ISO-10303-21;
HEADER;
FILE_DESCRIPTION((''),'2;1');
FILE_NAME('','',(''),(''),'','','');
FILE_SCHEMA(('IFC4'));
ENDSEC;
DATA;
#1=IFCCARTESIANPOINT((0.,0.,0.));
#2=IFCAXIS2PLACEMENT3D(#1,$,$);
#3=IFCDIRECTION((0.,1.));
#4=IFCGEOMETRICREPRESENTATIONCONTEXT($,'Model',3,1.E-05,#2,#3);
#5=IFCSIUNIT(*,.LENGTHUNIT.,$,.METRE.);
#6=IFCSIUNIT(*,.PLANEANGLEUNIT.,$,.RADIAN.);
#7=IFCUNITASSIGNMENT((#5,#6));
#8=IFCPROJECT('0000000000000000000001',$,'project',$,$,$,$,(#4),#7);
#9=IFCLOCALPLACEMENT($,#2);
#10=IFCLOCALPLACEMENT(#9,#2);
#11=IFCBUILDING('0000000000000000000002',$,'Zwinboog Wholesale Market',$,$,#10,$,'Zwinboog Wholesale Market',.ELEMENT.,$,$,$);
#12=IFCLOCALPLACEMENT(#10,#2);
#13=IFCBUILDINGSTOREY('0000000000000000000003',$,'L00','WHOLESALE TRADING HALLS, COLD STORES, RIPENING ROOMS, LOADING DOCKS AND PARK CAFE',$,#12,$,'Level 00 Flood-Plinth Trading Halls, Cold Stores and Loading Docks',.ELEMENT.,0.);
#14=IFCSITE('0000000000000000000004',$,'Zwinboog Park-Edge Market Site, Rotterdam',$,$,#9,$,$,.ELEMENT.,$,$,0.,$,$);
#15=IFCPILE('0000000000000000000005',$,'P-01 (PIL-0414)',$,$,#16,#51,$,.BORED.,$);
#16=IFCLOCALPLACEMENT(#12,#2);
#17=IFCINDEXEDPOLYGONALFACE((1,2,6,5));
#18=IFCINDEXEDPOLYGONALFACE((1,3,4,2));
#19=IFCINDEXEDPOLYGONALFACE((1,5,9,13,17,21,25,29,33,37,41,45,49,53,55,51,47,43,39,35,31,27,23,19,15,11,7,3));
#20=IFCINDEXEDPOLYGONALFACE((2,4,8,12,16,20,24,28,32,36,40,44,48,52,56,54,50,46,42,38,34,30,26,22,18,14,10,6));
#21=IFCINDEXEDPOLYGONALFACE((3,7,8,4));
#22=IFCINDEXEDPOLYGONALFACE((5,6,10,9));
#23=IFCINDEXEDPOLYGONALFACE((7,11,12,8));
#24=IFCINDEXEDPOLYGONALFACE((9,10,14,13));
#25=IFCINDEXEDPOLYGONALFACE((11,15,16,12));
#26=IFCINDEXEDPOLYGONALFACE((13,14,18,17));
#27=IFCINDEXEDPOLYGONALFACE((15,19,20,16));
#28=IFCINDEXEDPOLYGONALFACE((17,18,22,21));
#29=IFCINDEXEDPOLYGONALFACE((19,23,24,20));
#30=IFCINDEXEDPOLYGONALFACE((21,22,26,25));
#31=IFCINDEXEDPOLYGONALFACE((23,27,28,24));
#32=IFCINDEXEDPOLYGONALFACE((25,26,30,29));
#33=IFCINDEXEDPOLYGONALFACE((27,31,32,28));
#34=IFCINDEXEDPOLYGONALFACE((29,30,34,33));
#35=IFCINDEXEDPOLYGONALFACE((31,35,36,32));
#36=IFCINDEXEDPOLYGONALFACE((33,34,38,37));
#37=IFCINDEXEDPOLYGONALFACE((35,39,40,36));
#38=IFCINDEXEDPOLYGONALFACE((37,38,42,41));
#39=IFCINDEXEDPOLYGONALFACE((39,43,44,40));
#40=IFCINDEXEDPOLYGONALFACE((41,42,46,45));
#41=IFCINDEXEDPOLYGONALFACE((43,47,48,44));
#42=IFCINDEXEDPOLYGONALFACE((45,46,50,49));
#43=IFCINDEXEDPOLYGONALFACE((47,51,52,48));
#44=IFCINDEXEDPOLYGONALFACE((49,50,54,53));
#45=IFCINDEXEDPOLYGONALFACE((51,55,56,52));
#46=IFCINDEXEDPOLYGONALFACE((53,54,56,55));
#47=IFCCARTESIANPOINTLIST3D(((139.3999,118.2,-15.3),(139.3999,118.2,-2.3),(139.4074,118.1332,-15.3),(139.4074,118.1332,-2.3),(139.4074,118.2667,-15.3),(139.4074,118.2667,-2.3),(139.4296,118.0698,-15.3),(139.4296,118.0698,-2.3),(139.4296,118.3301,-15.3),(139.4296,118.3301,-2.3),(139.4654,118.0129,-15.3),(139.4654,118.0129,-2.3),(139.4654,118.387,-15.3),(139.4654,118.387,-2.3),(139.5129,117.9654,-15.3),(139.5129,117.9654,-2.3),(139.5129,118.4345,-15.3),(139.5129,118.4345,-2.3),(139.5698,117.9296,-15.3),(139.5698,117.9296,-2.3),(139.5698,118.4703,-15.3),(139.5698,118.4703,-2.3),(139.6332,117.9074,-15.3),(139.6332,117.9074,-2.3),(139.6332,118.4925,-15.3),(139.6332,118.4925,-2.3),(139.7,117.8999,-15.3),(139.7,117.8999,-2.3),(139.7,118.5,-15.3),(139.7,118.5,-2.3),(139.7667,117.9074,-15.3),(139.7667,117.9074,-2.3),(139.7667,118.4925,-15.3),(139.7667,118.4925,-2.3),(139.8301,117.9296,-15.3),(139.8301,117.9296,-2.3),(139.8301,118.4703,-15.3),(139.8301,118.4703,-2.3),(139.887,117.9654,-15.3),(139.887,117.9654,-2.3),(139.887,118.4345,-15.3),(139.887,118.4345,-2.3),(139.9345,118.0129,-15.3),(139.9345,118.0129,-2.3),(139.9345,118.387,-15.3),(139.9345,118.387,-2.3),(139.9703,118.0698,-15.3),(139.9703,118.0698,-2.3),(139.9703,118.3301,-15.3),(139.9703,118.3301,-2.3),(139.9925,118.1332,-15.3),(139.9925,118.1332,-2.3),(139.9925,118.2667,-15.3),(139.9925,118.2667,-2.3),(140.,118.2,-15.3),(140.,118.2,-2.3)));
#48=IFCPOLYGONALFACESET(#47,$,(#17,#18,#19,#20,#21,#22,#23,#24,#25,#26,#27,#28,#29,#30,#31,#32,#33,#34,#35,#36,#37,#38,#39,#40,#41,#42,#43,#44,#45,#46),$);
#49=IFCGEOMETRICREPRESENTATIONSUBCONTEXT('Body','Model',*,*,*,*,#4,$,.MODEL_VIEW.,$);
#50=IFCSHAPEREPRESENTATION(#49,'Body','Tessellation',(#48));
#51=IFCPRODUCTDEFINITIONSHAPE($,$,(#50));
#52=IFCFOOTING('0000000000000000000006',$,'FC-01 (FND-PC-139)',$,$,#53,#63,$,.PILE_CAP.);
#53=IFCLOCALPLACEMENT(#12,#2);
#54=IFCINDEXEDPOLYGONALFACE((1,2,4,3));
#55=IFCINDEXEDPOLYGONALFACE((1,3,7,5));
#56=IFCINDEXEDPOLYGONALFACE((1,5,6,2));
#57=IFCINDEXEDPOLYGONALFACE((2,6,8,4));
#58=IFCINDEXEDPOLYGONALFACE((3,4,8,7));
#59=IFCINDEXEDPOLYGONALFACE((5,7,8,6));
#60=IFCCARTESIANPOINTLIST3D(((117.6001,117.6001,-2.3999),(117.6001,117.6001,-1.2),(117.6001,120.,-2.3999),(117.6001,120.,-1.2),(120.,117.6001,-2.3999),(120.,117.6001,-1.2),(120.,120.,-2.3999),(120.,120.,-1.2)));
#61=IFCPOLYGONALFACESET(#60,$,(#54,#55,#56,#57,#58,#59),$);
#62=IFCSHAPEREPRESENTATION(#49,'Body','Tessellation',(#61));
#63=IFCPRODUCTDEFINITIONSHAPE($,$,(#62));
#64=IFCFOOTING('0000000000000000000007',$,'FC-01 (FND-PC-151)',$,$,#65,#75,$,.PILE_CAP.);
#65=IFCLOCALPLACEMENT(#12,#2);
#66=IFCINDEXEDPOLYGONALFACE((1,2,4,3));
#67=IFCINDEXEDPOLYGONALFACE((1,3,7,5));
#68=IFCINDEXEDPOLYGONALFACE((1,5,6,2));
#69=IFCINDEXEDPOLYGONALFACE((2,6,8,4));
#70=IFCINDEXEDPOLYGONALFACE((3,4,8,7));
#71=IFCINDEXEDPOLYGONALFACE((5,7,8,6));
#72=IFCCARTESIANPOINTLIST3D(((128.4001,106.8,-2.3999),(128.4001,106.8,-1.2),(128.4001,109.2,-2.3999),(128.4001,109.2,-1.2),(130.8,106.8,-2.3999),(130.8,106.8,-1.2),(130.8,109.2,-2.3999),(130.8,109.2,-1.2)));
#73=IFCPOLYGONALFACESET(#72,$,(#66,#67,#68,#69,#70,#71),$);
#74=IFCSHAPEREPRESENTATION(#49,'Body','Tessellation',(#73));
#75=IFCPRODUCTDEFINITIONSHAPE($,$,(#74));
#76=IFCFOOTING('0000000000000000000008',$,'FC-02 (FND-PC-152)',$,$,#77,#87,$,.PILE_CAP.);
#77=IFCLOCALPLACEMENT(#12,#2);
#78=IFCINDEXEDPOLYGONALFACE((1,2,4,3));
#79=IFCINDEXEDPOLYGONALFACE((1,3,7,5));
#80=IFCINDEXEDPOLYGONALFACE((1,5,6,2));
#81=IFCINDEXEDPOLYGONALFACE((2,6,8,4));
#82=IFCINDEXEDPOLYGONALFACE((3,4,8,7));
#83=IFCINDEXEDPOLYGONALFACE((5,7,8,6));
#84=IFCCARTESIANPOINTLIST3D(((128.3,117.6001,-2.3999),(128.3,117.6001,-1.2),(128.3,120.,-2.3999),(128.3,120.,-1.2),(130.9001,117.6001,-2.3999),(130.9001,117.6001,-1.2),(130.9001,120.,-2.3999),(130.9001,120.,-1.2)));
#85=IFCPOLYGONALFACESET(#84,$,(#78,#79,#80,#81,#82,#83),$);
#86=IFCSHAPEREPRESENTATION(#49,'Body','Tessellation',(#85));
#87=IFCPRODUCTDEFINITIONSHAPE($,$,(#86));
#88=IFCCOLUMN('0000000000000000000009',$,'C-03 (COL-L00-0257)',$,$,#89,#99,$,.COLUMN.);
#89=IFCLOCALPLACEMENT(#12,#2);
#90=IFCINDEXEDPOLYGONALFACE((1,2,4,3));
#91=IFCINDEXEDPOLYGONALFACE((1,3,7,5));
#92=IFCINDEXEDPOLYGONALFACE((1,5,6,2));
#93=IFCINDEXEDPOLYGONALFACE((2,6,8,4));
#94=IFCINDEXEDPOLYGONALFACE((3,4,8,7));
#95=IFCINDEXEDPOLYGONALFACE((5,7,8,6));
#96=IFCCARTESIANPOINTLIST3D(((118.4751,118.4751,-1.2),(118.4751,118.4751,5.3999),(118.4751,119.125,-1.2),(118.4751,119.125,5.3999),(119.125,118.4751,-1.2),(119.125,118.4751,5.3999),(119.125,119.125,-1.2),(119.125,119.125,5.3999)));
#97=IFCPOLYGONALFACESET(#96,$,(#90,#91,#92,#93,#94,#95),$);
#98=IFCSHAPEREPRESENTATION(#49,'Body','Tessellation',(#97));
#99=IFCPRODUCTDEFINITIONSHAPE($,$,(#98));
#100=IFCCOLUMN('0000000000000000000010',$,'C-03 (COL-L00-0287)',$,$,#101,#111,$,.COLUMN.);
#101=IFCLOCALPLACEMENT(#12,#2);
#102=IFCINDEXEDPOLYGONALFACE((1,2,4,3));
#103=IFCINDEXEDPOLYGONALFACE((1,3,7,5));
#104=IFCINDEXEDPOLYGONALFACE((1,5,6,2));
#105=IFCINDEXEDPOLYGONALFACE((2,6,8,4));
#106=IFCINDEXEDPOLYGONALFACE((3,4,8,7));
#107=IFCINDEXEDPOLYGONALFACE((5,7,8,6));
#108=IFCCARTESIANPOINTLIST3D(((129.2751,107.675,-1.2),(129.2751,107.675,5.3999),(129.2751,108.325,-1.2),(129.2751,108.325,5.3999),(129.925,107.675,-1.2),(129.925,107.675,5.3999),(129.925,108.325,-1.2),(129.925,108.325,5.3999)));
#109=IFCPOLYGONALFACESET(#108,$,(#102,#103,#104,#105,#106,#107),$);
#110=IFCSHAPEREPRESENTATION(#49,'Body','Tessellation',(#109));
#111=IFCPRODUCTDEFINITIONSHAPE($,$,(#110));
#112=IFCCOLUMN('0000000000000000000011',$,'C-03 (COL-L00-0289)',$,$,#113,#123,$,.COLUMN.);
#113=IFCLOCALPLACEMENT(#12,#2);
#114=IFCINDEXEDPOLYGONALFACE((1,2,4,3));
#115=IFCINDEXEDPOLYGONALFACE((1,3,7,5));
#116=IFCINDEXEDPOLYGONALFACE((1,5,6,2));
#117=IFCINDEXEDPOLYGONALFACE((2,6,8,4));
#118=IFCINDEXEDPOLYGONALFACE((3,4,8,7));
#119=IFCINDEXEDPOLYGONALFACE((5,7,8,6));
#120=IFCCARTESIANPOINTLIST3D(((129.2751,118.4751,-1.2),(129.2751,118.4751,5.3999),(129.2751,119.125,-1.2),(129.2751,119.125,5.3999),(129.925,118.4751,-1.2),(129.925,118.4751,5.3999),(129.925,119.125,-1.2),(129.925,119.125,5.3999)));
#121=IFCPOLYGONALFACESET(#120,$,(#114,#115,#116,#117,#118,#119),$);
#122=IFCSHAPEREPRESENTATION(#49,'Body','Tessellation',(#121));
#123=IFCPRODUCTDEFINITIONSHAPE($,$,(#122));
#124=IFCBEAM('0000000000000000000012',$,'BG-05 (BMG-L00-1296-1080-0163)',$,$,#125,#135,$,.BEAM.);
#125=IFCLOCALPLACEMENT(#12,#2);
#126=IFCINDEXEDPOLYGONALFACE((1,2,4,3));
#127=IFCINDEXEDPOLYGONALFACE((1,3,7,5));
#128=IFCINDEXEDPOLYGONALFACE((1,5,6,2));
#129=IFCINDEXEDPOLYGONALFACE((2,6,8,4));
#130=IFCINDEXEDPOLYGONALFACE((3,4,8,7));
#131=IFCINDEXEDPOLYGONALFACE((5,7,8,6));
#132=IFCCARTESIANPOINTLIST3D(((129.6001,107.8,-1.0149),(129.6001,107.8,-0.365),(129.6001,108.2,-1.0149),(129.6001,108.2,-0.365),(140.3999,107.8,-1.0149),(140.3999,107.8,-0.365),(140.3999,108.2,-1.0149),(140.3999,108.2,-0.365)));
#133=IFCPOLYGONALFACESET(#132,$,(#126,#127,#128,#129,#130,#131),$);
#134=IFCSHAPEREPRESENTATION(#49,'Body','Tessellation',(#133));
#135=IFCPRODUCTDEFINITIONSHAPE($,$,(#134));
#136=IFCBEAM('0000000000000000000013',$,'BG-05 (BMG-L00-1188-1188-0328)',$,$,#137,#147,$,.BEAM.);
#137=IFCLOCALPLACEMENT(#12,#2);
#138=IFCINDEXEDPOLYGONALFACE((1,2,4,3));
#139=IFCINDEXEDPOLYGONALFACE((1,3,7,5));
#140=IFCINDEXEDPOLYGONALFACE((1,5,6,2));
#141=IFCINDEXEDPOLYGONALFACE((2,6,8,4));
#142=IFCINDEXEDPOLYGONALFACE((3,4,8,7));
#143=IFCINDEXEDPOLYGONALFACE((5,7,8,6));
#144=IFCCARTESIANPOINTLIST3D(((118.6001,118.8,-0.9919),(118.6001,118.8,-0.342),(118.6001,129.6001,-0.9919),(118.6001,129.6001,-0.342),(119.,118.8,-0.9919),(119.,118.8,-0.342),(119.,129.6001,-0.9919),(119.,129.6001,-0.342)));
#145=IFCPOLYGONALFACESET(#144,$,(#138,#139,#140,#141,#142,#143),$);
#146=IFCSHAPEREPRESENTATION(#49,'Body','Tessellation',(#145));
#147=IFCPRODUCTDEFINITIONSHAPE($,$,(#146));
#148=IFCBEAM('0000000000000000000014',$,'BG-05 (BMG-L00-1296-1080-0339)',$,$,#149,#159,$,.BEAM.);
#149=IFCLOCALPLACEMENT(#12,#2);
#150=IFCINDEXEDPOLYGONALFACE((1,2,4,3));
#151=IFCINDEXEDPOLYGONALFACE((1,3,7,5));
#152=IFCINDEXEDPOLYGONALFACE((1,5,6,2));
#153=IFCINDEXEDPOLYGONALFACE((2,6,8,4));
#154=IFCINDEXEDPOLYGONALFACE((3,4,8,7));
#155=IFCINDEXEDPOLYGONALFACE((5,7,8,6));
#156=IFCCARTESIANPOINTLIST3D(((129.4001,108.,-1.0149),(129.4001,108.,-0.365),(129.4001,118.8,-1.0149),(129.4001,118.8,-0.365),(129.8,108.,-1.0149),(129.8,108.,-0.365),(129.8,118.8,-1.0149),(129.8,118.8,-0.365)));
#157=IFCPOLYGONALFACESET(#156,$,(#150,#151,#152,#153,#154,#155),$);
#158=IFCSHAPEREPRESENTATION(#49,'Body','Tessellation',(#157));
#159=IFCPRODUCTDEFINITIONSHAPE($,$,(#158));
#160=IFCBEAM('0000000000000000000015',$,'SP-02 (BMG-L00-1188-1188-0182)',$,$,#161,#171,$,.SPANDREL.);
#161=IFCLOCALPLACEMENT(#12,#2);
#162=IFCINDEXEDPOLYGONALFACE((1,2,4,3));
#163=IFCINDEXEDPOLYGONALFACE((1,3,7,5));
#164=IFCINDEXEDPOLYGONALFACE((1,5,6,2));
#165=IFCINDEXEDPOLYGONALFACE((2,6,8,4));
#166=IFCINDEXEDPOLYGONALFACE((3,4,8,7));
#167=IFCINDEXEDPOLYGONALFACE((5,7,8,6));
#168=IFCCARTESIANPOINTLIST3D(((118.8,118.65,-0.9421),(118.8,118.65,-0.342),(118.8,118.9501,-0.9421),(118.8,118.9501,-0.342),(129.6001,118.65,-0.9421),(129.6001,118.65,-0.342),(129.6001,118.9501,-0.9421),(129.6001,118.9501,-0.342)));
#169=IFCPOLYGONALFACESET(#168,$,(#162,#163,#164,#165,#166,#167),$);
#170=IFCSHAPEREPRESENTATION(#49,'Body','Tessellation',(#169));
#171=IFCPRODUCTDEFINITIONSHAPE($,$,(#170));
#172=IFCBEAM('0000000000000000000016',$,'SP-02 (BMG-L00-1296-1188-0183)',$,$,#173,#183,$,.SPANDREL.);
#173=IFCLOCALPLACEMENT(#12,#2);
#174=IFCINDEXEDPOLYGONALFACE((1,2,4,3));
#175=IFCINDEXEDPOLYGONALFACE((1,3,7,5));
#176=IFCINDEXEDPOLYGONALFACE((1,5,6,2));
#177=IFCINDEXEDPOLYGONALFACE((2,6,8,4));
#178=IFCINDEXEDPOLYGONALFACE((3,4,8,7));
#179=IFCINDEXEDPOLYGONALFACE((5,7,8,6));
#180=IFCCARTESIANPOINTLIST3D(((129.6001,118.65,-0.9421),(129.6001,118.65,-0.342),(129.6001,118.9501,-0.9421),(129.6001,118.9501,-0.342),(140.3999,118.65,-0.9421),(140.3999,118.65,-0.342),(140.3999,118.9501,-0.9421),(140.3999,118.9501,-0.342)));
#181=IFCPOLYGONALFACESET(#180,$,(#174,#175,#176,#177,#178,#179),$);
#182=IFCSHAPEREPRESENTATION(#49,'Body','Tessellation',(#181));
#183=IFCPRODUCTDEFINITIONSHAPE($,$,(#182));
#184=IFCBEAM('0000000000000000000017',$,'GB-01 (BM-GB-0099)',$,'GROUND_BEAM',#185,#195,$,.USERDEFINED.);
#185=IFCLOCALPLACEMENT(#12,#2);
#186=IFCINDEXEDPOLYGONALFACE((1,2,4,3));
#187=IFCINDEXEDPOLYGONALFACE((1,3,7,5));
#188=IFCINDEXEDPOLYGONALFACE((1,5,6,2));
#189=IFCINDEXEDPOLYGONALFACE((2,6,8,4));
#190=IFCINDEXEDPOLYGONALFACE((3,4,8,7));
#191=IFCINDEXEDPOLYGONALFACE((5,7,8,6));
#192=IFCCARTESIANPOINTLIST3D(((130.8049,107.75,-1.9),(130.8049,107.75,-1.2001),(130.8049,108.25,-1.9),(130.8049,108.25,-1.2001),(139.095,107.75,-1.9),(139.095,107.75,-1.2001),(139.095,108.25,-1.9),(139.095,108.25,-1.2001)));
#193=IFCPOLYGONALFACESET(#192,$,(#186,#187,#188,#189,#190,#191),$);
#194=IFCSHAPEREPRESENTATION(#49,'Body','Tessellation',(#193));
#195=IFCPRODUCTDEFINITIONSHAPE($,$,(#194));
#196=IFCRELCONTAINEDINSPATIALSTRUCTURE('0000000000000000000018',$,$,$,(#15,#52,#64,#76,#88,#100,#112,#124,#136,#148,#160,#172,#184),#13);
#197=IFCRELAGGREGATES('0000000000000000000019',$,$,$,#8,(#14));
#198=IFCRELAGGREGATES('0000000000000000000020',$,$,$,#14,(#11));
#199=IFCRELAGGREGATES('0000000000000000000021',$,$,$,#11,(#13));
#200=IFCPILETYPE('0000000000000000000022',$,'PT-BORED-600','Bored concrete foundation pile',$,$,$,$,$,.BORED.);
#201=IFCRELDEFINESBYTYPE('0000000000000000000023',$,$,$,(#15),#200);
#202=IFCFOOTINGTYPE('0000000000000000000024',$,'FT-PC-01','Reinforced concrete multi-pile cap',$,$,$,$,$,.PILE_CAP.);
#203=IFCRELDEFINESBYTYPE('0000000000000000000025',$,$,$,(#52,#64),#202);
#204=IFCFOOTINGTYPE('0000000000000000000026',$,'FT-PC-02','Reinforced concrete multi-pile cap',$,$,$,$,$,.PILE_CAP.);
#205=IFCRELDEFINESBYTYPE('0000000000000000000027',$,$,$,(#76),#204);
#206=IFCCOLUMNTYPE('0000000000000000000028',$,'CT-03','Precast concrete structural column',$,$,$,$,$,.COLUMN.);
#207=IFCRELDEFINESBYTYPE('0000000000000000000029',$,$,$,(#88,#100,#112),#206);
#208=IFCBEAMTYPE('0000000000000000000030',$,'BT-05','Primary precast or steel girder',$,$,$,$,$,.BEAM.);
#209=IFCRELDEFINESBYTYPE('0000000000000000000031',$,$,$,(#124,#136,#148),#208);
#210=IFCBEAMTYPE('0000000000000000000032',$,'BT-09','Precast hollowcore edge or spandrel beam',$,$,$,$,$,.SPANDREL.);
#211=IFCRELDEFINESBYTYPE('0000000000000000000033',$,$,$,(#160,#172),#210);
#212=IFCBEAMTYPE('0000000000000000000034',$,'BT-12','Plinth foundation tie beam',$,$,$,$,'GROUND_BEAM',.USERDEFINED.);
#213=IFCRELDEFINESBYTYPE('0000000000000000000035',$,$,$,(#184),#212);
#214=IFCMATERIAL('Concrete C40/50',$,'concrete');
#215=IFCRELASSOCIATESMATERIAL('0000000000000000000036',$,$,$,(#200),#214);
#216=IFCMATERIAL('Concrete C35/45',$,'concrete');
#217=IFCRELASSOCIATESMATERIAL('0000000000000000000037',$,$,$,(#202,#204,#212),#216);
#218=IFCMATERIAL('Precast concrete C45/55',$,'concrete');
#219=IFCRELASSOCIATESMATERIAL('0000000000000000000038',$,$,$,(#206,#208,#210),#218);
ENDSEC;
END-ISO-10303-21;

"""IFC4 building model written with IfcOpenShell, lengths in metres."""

from ifc_helpers import new_model, si_unit, direction, frame, origin, origin_2d, place, context, subcontext, project, spatial, rectangle, circle, extrude, material, material_profile, profile_set, type_object, element, save


model = new_model("IFC4")

# Units and contexts
model_context = context("Model", 3, precision=1e-05, world=origin(), true_north=direction((0.0, 1.0)))
body_context = subcontext(model_context, "Body", "Model", "MODEL_VIEW")
ifc_project = project(units=[si_unit("LENGTHUNIT", "METRE"), si_unit("PLANEANGLEUNIT", "RADIAN")], contexts=[model_context])

# Site, building, storey
site_placement = place(None, origin())
site = spatial("IfcSite", under=ifc_project, at=site_placement, Name="Zwinboog Park-Edge Market Site, Rotterdam", CompositionType="ELEMENT", RefElevation=0.0)
building_placement = place(site_placement, origin())
building = spatial("IfcBuilding", under=site, at=building_placement, Name="Zwinboog Wholesale Market", LongName="Zwinboog Wholesale Market", CompositionType="ELEMENT")
storey_placement = place(building_placement, origin())
storey = spatial("IfcBuildingStorey", under=building, at=storey_placement, Name="L00", Description="WHOLESALE TRADING HALLS, COLD STORES, RIPENING ROOMS, LOADING DOCKS AND PARK CAFE", LongName="Level 00 Flood-Plinth Trading Halls, Cold Stores and Loading Docks", CompositionType="ELEMENT", Elevation=0.0)

# Pile
ifc_material_1 = material(Name="Concrete C40/50", Category="concrete")
ifc_material_profile_1 = material_profile(ifc_material_1, circle(Radius=0.3, at=origin_2d()), Name="PILE D600")
ifc_profile_set_1 = profile_set([ifc_material_profile_1], Name="Concrete C40/50")
pile_type = type_object("IfcPileType", Name="PT-BORED-600", Description="Bored concrete foundation pile", PredefinedType="BORED", material=ifc_profile_set_1)
pile_placement = place(storey_placement, frame((139.7, 118.2, -2.3), z_axis=(0.0, 0.0, -1.0), x_axis=(1.0, 0.0, 0.0)))
element("IfcPile", 1, at=pile_placement, inside=storey, type_object=pile_type, Name="P-01 (PIL-0414)", PredefinedType="BORED", context=body_context, shape_type="SweptSolid", body=[
    extrude(circle(Radius=0.3, at=origin_2d()), origin(), (0.0, 0.0, 1.0), 13.0),
])

# Footings
ifc_material_2 = material(Name="Concrete C35/45", Category="concrete")
footing_type_1 = type_object("IfcFootingType", Name="FT-PC-01", Description="Reinforced concrete multi-pile cap", PredefinedType="PILE_CAP", material=ifc_material_2)
for number, where, z_axis, x_axis, name in (
    (2, (118.8, 118.8, -2.3999), (0.0, 0.0, 1.0), (1.0, 0.0, 0.0), "FC-01 (FND-PC-139)"),
    (3, (129.6001, 108.0, -2.3999), (0.0, 0.0, 1.0), (1.0, 0.0, 0.0), "FC-01 (FND-PC-151)"),
):
    element("IfcFooting", number, at=place(storey_placement, frame(where, z_axis=z_axis, x_axis=x_axis)), inside=storey, type_object=footing_type_1, Name=name, PredefinedType="PILE_CAP", context=body_context, shape_type="SweptSolid", body=[
        extrude(rectangle(XDim=2.3999, YDim=2.3999, at=origin_2d()), origin(), (0.0, 0.0, 1.0), 1.2),
    ])
footing_type_2 = type_object("IfcFootingType", Name="FT-PC-02", Description="Reinforced concrete multi-pile cap", PredefinedType="PILE_CAP", material=ifc_material_2)
footing_placement = place(storey_placement, frame((129.6001, 118.8, -2.3999), z_axis=(0.0, 0.0, 1.0), x_axis=(1.0, 0.0, 0.0)))
element("IfcFooting", 4, at=footing_placement, inside=storey, type_object=footing_type_2, Name="FC-02 (FND-PC-152)", PredefinedType="PILE_CAP", context=body_context, shape_type="SweptSolid", body=[
    extrude(rectangle(XDim=2.6001, YDim=2.3999, at=origin_2d()), origin(), (0.0, 0.0, 1.0), 1.2),
])

# Columns
ifc_material_3 = material(Name="Precast concrete C45/55", Category="concrete")
ifc_material_profile_2 = material_profile(ifc_material_3, rectangle(XDim=0.6499, YDim=0.6499, at=origin_2d()), Name="PC 650x650")
ifc_profile_set_2 = profile_set([ifc_material_profile_2], Name="Precast concrete C45/55")
column_type = type_object("IfcColumnType", Name="CT-03", Description="Precast concrete structural column", PredefinedType="COLUMN", material=ifc_profile_set_2)
for number, where, z_axis, x_axis, name in (
    (5, (118.8, 118.8, -1.2), (0.0, 0.0, 1.0), (1.0, 0.0, 0.0), "C-03 (COL-L00-0257)"),
    (6, (129.6001, 108.0, -1.2), (0.0, 0.0, 1.0), (1.0, 0.0, 0.0), "C-03 (COL-L00-0287)"),
    (7, (129.6001, 118.8, -1.2), (0.0, 0.0, 1.0), (1.0, 0.0, 0.0), "C-03 (COL-L00-0289)"),
):
    element("IfcColumn", number, at=place(storey_placement, frame(where, z_axis=z_axis, x_axis=x_axis)), inside=storey, type_object=column_type, Name=name, PredefinedType="COLUMN", context=body_context, shape_type="SweptSolid", body=[
        extrude(rectangle(XDim=0.6499, YDim=0.6499, at=origin_2d()), origin(), (0.0, 0.0, 1.0), 6.5999),
    ])

# Beams
ifc_material_profile_3 = material_profile(ifc_material_3, rectangle(XDim=0.3999, YDim=0.6499, at=origin_2d()), Name="PC 400x650")
ifc_profile_set_3 = profile_set([ifc_material_profile_3], Name="Precast concrete C45/55")
beam_type_1 = type_object("IfcBeamType", Name="BT-05", Description="Primary precast or steel girder", PredefinedType="BEAM", material=ifc_profile_set_3)
beam_1_placement = place(storey_placement, frame((129.6001, 108.0, -0.6899), z_axis=(1.0, 0.0, 0.0), x_axis=(0.0, 1.0, 0.0)))
element("IfcBeam", 8, at=beam_1_placement, inside=storey, type_object=beam_type_1, Name="BG-05 (BMG-L00-1296-1080-0163)", PredefinedType="BEAM", context=body_context, shape_type="SweptSolid", body=[
    extrude(rectangle(XDim=0.3999, YDim=0.6499, at=origin_2d()), origin(), (0.0, 0.0, 1.0), 10.7998),
])
for number, where, z_axis, x_axis, name in (
    (9, (118.8, 118.8, -0.667), (0.0, 1.0, 0.0), (-1.0, 0.0, 0.0), "BG-05 (BMG-L00-1188-1188-0328)"),
    (10, (129.6001, 108.0, -0.6899), (0.0, 1.0, 0.0), (-1.0, 0.0, 0.0), "BG-05 (BMG-L00-1296-1080-0339)"),
):
    element("IfcBeam", number, at=place(storey_placement, frame(where, z_axis=z_axis, x_axis=x_axis)), inside=storey, type_object=beam_type_1, Name=name, PredefinedType="BEAM", context=body_context, shape_type="SweptSolid", body=[
        extrude(rectangle(XDim=0.3999, YDim=0.6499, at=origin_2d()), origin(), (0.0, 0.0, 1.0), 10.8),
    ])
ifc_material_profile_4 = material_profile(ifc_material_3, rectangle(XDim=0.3, YDim=0.6001, at=origin_2d()), Name="PC 300x600")
ifc_profile_set_4 = profile_set([ifc_material_profile_4], Name="Precast concrete C45/55")
beam_type_2 = type_object("IfcBeamType", Name="BT-09", Description="Precast hollowcore edge or spandrel beam", PredefinedType="SPANDREL", material=ifc_profile_set_4)
beam_2_placement = place(storey_placement, frame((118.8, 118.8, -0.6421), z_axis=(1.0, 0.0, 0.0), x_axis=(0.0, 1.0, 0.0)))
element("IfcBeam", 11, at=beam_2_placement, inside=storey, type_object=beam_type_2, Name="SP-02 (BMG-L00-1188-1188-0182)", PredefinedType="SPANDREL", context=body_context, shape_type="SweptSolid", body=[
    extrude(rectangle(XDim=0.3, YDim=0.6001, at=origin_2d()), origin(), (0.0, 0.0, 1.0), 10.8),
])
beam_3_placement = place(storey_placement, frame((129.6001, 118.8, -0.6421), z_axis=(1.0, 0.0, 0.0), x_axis=(0.0, 1.0, 0.0)))
element("IfcBeam", 12, at=beam_3_placement, inside=storey, type_object=beam_type_2, Name="SP-02 (BMG-L00-1296-1188-0183)", PredefinedType="SPANDREL", context=body_context, shape_type="SweptSolid", body=[
    extrude(rectangle(XDim=0.3, YDim=0.6001, at=origin_2d()), origin(), (0.0, 0.0, 1.0), 10.7998),
])
ifc_material_profile_5 = material_profile(ifc_material_2, rectangle(XDim=0.5, YDim=0.7, at=origin_2d()), Name="RC 500x700")
ifc_profile_set_5 = profile_set([ifc_material_profile_5], Name="Concrete C35/45")
beam_type_3 = type_object("IfcBeamType", Name="BT-12", Description="Plinth foundation tie beam", ElementType="GROUND_BEAM", PredefinedType="USERDEFINED", material=ifc_profile_set_5)
beam_4_placement = place(storey_placement, frame((130.8049, 108.0, -1.55), z_axis=(1.0, 0.0, 0.0), x_axis=(0.0, 1.0, 0.0)))
element("IfcBeam", 13, at=beam_4_placement, inside=storey, type_object=beam_type_3, Name="GB-01 (BM-GB-0099)", ObjectType="GROUND_BEAM", PredefinedType="USERDEFINED", context=body_context, shape_type="SweptSolid", body=[
    extrude(rectangle(XDim=0.5, YDim=0.7, at=origin_2d()), origin(), (0.0, 0.0, 1.0), 8.29),
])

save(model, "model.ifc")
